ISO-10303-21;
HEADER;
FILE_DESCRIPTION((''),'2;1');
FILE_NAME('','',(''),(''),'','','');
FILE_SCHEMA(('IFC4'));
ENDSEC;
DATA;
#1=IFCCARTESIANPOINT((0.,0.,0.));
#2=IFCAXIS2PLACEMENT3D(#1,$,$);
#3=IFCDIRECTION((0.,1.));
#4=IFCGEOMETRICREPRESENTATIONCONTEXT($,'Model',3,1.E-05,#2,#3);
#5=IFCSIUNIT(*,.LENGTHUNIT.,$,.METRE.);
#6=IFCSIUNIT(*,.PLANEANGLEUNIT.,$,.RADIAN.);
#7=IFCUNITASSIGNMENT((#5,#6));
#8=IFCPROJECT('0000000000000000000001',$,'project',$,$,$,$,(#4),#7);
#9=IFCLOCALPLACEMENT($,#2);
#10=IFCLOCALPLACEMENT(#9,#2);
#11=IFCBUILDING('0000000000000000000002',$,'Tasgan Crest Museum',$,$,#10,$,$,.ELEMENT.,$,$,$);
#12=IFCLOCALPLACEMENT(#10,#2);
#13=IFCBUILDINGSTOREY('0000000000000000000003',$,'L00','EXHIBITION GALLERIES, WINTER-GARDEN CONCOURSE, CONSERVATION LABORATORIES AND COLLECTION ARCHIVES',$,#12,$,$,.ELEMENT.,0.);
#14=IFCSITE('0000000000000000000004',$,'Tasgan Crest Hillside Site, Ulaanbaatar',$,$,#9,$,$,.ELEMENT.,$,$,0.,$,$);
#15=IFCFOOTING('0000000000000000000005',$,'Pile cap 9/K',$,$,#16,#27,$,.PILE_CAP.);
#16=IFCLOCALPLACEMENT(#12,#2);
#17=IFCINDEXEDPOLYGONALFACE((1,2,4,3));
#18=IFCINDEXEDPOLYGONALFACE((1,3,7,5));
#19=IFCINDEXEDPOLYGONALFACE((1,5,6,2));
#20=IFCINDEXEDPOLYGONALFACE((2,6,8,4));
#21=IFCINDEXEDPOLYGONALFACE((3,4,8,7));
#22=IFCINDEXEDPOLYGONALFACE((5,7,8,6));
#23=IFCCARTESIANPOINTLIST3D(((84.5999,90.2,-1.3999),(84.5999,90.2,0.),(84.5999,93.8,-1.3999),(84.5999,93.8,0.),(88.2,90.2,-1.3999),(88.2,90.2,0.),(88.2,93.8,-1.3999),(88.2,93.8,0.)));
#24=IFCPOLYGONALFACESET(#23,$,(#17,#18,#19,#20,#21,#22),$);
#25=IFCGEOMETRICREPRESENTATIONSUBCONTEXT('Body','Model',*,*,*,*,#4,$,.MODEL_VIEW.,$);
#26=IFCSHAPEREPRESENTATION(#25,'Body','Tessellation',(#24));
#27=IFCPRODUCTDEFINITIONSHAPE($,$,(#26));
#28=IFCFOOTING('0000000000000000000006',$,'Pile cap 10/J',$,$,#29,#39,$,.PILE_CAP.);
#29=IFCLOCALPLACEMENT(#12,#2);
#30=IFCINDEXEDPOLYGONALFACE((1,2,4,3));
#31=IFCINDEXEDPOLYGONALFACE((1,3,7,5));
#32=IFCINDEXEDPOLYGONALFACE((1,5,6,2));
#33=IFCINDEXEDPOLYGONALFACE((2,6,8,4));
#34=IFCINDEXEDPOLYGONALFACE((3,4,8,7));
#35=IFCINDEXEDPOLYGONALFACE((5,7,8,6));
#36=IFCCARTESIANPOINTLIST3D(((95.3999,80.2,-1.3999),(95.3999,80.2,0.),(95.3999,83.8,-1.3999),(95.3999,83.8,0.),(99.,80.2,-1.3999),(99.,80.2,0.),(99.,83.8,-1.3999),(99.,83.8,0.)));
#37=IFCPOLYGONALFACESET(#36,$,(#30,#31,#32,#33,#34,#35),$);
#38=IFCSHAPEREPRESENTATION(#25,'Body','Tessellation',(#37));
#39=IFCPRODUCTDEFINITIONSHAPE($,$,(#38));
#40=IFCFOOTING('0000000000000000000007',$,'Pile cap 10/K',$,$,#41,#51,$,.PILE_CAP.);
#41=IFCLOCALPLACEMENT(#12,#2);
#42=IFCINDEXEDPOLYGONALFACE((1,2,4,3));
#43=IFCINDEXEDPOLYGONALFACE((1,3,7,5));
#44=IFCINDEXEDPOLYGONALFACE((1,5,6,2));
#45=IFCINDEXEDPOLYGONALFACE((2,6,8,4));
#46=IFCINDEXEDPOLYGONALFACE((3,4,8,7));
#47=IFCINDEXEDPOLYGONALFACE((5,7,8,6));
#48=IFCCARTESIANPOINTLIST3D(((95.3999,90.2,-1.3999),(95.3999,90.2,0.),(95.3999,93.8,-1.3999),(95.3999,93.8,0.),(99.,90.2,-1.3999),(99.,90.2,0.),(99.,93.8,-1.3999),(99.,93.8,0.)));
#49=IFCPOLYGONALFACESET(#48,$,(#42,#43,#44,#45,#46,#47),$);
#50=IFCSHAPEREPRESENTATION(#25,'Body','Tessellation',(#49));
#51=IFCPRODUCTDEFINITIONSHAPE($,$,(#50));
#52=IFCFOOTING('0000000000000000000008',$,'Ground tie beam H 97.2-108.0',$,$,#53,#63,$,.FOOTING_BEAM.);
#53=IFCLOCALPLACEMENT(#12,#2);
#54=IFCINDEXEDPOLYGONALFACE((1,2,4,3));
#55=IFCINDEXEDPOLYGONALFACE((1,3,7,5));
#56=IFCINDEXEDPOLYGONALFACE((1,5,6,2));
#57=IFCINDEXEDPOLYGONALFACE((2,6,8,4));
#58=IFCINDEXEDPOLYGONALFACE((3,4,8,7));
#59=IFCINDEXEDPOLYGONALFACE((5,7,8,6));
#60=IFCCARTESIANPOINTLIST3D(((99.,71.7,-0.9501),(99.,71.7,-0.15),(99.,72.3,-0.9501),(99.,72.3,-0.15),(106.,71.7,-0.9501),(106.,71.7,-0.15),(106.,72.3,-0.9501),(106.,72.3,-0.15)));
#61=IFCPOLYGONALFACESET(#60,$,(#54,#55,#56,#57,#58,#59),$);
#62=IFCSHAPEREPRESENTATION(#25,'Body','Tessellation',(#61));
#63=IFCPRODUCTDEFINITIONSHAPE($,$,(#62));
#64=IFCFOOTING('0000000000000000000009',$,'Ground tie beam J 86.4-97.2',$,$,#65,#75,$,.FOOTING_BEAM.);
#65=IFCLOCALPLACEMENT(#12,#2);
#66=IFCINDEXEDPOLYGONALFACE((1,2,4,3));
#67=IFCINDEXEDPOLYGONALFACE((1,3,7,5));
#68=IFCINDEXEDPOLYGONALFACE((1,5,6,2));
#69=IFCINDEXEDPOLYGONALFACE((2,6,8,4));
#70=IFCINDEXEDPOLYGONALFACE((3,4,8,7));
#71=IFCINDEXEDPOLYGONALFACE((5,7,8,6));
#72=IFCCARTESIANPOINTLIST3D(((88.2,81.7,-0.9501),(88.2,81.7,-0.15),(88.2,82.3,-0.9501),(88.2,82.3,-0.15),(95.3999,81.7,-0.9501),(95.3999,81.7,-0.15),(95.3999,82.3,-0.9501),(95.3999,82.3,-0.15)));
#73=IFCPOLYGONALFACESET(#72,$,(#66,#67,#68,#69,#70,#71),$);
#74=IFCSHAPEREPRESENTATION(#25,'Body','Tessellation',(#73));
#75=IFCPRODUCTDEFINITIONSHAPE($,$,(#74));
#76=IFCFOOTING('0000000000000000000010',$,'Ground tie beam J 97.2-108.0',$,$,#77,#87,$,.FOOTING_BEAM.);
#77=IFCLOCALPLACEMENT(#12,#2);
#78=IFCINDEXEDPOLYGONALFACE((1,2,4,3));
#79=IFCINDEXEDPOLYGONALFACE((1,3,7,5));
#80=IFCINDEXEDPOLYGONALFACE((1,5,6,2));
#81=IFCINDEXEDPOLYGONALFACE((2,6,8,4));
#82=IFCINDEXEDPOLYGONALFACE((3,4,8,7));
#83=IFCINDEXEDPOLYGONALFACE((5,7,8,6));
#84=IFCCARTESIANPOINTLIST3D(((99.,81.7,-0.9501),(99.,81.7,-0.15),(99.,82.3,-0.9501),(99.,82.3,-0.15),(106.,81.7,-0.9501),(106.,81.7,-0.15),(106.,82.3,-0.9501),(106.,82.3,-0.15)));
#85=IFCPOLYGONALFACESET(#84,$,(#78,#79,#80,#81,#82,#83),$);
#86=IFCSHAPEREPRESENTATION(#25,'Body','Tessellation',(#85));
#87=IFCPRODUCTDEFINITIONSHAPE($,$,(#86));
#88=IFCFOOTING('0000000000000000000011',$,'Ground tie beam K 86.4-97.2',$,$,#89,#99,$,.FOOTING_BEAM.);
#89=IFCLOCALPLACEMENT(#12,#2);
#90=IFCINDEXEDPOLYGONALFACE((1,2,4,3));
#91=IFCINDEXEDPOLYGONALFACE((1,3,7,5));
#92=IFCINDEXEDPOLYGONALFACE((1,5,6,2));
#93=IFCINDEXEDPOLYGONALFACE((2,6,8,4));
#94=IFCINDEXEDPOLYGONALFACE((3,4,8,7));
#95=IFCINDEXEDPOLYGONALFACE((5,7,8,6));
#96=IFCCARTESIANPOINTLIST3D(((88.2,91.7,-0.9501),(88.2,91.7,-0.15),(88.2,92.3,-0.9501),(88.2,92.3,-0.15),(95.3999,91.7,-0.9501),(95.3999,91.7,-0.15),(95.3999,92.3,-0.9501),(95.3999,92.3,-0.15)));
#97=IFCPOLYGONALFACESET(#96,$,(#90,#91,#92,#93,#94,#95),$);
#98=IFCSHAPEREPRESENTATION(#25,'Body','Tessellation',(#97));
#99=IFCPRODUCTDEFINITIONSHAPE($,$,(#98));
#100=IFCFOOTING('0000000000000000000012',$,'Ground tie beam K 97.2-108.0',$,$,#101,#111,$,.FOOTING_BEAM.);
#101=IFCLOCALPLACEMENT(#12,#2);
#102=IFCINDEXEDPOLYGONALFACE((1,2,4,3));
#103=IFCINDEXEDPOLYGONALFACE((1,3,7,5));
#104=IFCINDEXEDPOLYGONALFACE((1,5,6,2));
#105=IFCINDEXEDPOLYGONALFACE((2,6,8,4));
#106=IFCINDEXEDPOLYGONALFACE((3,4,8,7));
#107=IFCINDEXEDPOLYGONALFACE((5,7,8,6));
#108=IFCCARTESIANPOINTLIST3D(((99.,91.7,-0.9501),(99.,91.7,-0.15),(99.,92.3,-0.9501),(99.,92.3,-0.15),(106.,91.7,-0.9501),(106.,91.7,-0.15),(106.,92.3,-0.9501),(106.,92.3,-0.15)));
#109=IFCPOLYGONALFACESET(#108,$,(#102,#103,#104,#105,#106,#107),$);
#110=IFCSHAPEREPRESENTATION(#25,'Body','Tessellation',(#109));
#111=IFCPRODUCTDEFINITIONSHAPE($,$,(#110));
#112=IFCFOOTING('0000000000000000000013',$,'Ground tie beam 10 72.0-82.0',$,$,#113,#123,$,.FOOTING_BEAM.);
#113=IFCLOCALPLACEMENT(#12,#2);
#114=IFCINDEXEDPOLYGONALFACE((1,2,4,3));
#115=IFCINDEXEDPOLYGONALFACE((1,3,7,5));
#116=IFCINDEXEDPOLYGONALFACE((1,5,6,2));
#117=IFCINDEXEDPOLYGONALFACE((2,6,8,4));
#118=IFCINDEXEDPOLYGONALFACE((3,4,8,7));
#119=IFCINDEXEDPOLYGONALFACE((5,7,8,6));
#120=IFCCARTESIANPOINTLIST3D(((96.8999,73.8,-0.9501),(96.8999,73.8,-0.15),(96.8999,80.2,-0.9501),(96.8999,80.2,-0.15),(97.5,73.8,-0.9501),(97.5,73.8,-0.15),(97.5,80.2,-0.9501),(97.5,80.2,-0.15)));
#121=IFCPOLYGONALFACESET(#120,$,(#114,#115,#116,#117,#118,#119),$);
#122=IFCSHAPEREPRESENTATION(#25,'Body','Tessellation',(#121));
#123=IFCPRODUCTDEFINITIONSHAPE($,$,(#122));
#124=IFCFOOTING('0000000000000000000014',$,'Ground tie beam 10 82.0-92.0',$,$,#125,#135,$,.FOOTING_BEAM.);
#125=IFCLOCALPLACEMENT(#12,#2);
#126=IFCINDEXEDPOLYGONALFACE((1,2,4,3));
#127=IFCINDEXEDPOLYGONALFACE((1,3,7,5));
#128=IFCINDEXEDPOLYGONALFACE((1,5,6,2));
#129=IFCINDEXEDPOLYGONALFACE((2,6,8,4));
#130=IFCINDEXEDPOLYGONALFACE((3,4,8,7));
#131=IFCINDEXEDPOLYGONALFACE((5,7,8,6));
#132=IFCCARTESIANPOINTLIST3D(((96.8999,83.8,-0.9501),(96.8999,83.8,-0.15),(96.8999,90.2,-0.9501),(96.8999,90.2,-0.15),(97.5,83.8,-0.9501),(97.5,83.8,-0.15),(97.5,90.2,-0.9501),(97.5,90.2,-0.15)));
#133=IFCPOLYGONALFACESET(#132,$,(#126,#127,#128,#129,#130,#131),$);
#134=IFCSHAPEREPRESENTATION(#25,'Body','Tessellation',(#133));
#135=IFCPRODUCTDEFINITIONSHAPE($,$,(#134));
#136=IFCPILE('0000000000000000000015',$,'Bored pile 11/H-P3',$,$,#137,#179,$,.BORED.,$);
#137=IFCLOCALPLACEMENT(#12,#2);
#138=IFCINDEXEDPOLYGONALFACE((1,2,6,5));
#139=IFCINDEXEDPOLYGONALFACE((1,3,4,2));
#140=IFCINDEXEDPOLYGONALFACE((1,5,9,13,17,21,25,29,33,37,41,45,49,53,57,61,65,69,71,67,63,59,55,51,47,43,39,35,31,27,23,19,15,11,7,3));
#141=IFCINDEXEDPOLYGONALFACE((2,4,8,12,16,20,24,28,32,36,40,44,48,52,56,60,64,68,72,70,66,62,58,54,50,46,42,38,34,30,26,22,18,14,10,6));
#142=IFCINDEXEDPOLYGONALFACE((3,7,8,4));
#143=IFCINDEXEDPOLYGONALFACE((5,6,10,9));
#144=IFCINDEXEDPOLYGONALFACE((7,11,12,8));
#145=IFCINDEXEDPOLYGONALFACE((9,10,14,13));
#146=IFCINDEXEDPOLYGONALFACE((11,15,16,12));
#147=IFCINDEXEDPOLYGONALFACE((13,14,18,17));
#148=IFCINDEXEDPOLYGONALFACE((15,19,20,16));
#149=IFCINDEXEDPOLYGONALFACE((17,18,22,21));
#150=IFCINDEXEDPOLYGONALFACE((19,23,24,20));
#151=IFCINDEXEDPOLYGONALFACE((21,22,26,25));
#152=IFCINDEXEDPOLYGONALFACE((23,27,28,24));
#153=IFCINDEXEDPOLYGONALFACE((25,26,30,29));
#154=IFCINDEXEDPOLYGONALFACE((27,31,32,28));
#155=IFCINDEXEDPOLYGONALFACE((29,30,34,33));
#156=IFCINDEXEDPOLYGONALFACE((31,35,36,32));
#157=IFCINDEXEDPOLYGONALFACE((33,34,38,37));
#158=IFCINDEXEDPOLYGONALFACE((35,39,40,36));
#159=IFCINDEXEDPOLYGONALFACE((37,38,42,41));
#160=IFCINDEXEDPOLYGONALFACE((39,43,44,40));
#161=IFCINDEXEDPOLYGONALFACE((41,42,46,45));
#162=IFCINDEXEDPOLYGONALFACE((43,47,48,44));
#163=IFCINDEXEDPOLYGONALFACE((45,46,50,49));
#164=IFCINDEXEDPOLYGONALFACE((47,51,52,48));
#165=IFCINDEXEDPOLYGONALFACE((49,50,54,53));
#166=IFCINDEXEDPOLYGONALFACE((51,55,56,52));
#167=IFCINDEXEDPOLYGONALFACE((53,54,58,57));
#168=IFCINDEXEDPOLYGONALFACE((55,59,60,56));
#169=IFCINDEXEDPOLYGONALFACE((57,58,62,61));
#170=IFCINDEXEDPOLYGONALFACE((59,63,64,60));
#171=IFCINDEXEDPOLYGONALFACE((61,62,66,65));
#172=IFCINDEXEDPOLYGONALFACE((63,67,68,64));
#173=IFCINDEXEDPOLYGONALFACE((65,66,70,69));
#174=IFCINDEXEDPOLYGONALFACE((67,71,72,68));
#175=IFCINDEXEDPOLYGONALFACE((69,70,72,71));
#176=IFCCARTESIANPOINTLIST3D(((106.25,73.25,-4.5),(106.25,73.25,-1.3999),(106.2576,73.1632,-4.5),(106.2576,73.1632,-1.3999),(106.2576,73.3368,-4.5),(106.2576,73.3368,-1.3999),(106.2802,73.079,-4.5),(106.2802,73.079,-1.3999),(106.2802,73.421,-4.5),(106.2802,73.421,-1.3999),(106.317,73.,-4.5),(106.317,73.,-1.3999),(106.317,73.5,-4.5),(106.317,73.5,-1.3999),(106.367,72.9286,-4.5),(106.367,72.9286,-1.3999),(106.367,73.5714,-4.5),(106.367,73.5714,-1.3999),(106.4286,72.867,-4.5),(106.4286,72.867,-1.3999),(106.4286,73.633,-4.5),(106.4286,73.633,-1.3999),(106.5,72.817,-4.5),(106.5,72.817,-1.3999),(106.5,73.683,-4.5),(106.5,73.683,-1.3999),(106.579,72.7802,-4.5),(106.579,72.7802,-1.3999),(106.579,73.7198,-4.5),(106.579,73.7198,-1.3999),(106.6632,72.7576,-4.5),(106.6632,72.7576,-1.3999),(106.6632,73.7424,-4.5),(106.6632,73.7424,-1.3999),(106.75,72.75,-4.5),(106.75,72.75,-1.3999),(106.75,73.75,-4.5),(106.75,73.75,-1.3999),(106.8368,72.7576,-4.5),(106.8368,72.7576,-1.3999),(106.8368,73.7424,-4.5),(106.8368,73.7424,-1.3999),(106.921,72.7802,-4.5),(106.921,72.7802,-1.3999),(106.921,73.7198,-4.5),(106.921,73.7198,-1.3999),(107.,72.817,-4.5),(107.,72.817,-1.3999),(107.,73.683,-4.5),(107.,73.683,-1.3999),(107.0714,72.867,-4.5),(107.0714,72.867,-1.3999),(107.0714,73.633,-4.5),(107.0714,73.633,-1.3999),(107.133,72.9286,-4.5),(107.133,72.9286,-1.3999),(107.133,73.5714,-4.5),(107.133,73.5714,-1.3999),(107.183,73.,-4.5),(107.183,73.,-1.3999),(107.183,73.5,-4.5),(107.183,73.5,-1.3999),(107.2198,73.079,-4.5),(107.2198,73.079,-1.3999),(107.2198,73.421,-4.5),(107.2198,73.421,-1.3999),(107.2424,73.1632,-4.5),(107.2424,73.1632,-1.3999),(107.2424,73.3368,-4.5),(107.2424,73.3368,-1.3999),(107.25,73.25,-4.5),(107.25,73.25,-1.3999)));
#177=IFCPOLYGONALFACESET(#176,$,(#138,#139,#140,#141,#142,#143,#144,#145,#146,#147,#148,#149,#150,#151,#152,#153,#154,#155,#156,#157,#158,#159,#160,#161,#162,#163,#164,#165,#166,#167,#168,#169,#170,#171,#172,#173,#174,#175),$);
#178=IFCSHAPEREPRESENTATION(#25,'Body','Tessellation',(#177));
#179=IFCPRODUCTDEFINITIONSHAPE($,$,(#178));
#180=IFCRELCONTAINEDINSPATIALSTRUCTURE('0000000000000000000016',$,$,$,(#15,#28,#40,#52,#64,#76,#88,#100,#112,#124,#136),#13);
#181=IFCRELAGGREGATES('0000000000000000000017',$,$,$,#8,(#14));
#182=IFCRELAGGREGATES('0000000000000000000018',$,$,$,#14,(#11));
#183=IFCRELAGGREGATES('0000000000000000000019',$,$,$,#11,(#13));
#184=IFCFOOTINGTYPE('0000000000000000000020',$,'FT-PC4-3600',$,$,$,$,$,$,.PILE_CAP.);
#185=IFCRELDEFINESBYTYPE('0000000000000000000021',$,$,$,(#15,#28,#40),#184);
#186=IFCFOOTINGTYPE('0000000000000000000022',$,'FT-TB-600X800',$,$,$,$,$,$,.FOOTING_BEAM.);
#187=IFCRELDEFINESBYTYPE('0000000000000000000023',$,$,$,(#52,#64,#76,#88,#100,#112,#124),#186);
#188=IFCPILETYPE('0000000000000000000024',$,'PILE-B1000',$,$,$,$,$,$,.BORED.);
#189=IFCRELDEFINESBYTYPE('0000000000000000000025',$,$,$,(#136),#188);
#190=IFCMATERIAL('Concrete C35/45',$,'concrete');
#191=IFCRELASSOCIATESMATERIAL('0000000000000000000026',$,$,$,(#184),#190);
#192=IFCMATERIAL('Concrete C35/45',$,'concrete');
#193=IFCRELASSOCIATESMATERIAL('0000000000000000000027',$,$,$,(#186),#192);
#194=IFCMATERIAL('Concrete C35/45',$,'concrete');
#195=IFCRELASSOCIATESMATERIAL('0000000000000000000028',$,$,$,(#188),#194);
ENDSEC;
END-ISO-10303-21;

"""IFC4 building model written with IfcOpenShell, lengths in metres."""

from ifc_helpers import new_model, si_unit, direction, frame, origin, origin_2d, place, context, subcontext, project, spatial, rectangle, circle, extrude, material, material_profile, profile_set, type_object, element, save


model = new_model("IFC4")

# Units and contexts
model_context = context("Model", 3, precision=1e-05, world=origin(), true_north=direction((0.0, 1.0)))
body_context = subcontext(model_context, "Body", "Model", "MODEL_VIEW")
ifc_project = project(units=[si_unit("LENGTHUNIT", "METRE"), si_unit("PLANEANGLEUNIT", "RADIAN")], contexts=[model_context])

# Site, building, storey
site_placement = place(None, origin())
site = spatial("IfcSite", under=ifc_project, at=site_placement, Name="Tasgan Crest Hillside Site, Ulaanbaatar", CompositionType="ELEMENT", RefElevation=0.0)
building_placement = place(site_placement, origin())
building = spatial("IfcBuilding", under=site, at=building_placement, Name="Tasgan Crest Museum", CompositionType="ELEMENT")
storey_placement = place(building_placement, origin())
storey = spatial("IfcBuildingStorey", under=building, at=storey_placement, Name="L00", Description="EXHIBITION GALLERIES, WINTER-GARDEN CONCOURSE, CONSERVATION LABORATORIES AND COLLECTION ARCHIVES", CompositionType="ELEMENT", Elevation=0.0)

# Footings
ifc_material_1 = material(Name="Concrete C35/45", Category="concrete")
footing_type_1 = type_object("IfcFootingType", Name="FT-PC4-3600", PredefinedType="PILE_CAP", material=ifc_material_1)
for number, where, z_axis, x_axis, name in (
    (1, (86.3999, 92.0, -1.3999), (0.0, 0.0, 1.0), (1.0, 0.0, 0.0), "Pile cap 9/K"),
    (2, (97.2, 82.0, -1.3999), (0.0, 0.0, 1.0), (1.0, 0.0, 0.0), "Pile cap 10/J"),
    (3, (97.2, 92.0, -1.3999), (0.0, 0.0, 1.0), (1.0, 0.0, 0.0), "Pile cap 10/K"),
):
    element("IfcFooting", number, at=place(storey_placement, frame(where, z_axis=z_axis, x_axis=x_axis)), inside=storey, type_object=footing_type_1, Name=name, PredefinedType="PILE_CAP", context=body_context, shape_type="SweptSolid", body=[
        extrude(rectangle(XDim=3.6001, YDim=3.6001, at=origin_2d()), origin(), (0.0, 0.0, 1.0), 1.3999),
    ])
ifc_material_2 = material(Name="Concrete C35/45", Category="concrete")
ifc_material_profile_1 = material_profile(ifc_material_2, rectangle(XDim=0.6001, YDim=0.8, at=origin_2d()), Name="TB 600x800")
ifc_profile_set_1 = profile_set([ifc_material_profile_1], Name="Concrete C35/45")
footing_type_2 = type_object("IfcFootingType", Name="FT-TB-600X800", PredefinedType="FOOTING_BEAM", material=ifc_profile_set_1)
footing_1_placement = place(storey_placement, frame((99.0, 72.0, -0.55), z_axis=(1.0, 0.0, 0.0), x_axis=(0.0, 1.0, 0.0)))
element("IfcFooting", 4, at=footing_1_placement, inside=storey, type_object=footing_type_2, Name="Ground tie beam H 97.2-108.0", PredefinedType="FOOTING_BEAM", context=body_context, shape_type="SweptSolid", body=[
    extrude(rectangle(XDim=0.6001, YDim=0.8, at=origin_2d()), origin(), (0.0, 0.0, 1.0), 7.0),
])
footing_2_placement = place(storey_placement, frame((88.2, 82.0, -0.55), z_axis=(1.0, 0.0, 0.0), x_axis=(0.0, 1.0, 0.0)))
element("IfcFooting", 5, at=footing_2_placement, inside=storey, type_object=footing_type_2, Name="Ground tie beam J 86.4-97.2", PredefinedType="FOOTING_BEAM", context=body_context, shape_type="SweptSolid", body=[
    extrude(rectangle(XDim=0.6001, YDim=0.8, at=origin_2d()), origin(), (0.0, 0.0, 1.0), 7.2),
])
footing_3_placement = place(storey_placement, frame((99.0, 82.0, -0.55), z_axis=(1.0, 0.0, 0.0), x_axis=(0.0, 1.0, 0.0)))
element("IfcFooting", 6, at=footing_3_placement, inside=storey, type_object=footing_type_2, Name="Ground tie beam J 97.2-108.0", PredefinedType="FOOTING_BEAM", context=body_context, shape_type="SweptSolid", body=[
    extrude(rectangle(XDim=0.6001, YDim=0.8, at=origin_2d()), origin(), (0.0, 0.0, 1.0), 7.0),
])
footing_4_placement = place(storey_placement, frame((88.2, 92.0, -0.55), z_axis=(1.0, 0.0, 0.0), x_axis=(0.0, 1.0, 0.0)))
element("IfcFooting", 7, at=footing_4_placement, inside=storey, type_object=footing_type_2, Name="Ground tie beam K 86.4-97.2", PredefinedType="FOOTING_BEAM", context=body_context, shape_type="SweptSolid", body=[
    extrude(rectangle(XDim=0.6001, YDim=0.8, at=origin_2d()), origin(), (0.0, 0.0, 1.0), 7.2),
])
footing_5_placement = place(storey_placement, frame((99.0, 92.0, -0.55), z_axis=(1.0, 0.0, 0.0), x_axis=(0.0, 1.0, 0.0)))
element("IfcFooting", 8, at=footing_5_placement, inside=storey, type_object=footing_type_2, Name="Ground tie beam K 97.2-108.0", PredefinedType="FOOTING_BEAM", context=body_context, shape_type="SweptSolid", body=[
    extrude(rectangle(XDim=0.6001, YDim=0.8, at=origin_2d()), origin(), (0.0, 0.0, 1.0), 7.0),
])
for number, where, z_axis, x_axis, name in (
    (9, (97.2, 73.8, -0.55), (0.0, 1.0, 0.0), (-1.0, 0.0, 0.0), "Ground tie beam 10 72.0-82.0"),
    (10, (97.2, 83.8, -0.55), (0.0, 1.0, 0.0), (-1.0, 0.0, 0.0), "Ground tie beam 10 82.0-92.0"),
):
    element("IfcFooting", number, at=place(storey_placement, frame(where, z_axis=z_axis, x_axis=x_axis)), inside=storey, type_object=footing_type_2, Name=name, PredefinedType="FOOTING_BEAM", context=body_context, shape_type="SweptSolid", body=[
        extrude(rectangle(XDim=0.6001, YDim=0.8, at=origin_2d()), origin(), (0.0, 0.0, 1.0), 6.3999),
    ])

# Pile
ifc_material_3 = material(Name="Concrete C35/45", Category="concrete")
ifc_material_profile_2 = material_profile(ifc_material_3, circle(Radius=0.5, at=origin_2d()), Name="PILE D1000")
ifc_profile_set_2 = profile_set([ifc_material_profile_2], Name="Concrete C35/45")
pile_type_1 = type_object("IfcPileType", Name="PILE-B1000", PredefinedType="BORED", material=ifc_profile_set_2)
pile_1_placement = place(storey_placement, frame((106.75, 73.25, -1.3999), z_axis=(0.0, 0.0, -1.0), x_axis=(1.0, 0.0, 0.0)))
element("IfcPile", 11, at=pile_1_placement, inside=storey, type_object=pile_type_1, Name="Bored pile 11/H-P3", PredefinedType="BORED", context=body_context, shape_type="SweptSolid", body=[
    extrude(circle(Radius=0.5, at=origin_2d()), origin(), (0.0, 0.0, 1.0), 3.1001),
])

save(model, "model.ifc")
